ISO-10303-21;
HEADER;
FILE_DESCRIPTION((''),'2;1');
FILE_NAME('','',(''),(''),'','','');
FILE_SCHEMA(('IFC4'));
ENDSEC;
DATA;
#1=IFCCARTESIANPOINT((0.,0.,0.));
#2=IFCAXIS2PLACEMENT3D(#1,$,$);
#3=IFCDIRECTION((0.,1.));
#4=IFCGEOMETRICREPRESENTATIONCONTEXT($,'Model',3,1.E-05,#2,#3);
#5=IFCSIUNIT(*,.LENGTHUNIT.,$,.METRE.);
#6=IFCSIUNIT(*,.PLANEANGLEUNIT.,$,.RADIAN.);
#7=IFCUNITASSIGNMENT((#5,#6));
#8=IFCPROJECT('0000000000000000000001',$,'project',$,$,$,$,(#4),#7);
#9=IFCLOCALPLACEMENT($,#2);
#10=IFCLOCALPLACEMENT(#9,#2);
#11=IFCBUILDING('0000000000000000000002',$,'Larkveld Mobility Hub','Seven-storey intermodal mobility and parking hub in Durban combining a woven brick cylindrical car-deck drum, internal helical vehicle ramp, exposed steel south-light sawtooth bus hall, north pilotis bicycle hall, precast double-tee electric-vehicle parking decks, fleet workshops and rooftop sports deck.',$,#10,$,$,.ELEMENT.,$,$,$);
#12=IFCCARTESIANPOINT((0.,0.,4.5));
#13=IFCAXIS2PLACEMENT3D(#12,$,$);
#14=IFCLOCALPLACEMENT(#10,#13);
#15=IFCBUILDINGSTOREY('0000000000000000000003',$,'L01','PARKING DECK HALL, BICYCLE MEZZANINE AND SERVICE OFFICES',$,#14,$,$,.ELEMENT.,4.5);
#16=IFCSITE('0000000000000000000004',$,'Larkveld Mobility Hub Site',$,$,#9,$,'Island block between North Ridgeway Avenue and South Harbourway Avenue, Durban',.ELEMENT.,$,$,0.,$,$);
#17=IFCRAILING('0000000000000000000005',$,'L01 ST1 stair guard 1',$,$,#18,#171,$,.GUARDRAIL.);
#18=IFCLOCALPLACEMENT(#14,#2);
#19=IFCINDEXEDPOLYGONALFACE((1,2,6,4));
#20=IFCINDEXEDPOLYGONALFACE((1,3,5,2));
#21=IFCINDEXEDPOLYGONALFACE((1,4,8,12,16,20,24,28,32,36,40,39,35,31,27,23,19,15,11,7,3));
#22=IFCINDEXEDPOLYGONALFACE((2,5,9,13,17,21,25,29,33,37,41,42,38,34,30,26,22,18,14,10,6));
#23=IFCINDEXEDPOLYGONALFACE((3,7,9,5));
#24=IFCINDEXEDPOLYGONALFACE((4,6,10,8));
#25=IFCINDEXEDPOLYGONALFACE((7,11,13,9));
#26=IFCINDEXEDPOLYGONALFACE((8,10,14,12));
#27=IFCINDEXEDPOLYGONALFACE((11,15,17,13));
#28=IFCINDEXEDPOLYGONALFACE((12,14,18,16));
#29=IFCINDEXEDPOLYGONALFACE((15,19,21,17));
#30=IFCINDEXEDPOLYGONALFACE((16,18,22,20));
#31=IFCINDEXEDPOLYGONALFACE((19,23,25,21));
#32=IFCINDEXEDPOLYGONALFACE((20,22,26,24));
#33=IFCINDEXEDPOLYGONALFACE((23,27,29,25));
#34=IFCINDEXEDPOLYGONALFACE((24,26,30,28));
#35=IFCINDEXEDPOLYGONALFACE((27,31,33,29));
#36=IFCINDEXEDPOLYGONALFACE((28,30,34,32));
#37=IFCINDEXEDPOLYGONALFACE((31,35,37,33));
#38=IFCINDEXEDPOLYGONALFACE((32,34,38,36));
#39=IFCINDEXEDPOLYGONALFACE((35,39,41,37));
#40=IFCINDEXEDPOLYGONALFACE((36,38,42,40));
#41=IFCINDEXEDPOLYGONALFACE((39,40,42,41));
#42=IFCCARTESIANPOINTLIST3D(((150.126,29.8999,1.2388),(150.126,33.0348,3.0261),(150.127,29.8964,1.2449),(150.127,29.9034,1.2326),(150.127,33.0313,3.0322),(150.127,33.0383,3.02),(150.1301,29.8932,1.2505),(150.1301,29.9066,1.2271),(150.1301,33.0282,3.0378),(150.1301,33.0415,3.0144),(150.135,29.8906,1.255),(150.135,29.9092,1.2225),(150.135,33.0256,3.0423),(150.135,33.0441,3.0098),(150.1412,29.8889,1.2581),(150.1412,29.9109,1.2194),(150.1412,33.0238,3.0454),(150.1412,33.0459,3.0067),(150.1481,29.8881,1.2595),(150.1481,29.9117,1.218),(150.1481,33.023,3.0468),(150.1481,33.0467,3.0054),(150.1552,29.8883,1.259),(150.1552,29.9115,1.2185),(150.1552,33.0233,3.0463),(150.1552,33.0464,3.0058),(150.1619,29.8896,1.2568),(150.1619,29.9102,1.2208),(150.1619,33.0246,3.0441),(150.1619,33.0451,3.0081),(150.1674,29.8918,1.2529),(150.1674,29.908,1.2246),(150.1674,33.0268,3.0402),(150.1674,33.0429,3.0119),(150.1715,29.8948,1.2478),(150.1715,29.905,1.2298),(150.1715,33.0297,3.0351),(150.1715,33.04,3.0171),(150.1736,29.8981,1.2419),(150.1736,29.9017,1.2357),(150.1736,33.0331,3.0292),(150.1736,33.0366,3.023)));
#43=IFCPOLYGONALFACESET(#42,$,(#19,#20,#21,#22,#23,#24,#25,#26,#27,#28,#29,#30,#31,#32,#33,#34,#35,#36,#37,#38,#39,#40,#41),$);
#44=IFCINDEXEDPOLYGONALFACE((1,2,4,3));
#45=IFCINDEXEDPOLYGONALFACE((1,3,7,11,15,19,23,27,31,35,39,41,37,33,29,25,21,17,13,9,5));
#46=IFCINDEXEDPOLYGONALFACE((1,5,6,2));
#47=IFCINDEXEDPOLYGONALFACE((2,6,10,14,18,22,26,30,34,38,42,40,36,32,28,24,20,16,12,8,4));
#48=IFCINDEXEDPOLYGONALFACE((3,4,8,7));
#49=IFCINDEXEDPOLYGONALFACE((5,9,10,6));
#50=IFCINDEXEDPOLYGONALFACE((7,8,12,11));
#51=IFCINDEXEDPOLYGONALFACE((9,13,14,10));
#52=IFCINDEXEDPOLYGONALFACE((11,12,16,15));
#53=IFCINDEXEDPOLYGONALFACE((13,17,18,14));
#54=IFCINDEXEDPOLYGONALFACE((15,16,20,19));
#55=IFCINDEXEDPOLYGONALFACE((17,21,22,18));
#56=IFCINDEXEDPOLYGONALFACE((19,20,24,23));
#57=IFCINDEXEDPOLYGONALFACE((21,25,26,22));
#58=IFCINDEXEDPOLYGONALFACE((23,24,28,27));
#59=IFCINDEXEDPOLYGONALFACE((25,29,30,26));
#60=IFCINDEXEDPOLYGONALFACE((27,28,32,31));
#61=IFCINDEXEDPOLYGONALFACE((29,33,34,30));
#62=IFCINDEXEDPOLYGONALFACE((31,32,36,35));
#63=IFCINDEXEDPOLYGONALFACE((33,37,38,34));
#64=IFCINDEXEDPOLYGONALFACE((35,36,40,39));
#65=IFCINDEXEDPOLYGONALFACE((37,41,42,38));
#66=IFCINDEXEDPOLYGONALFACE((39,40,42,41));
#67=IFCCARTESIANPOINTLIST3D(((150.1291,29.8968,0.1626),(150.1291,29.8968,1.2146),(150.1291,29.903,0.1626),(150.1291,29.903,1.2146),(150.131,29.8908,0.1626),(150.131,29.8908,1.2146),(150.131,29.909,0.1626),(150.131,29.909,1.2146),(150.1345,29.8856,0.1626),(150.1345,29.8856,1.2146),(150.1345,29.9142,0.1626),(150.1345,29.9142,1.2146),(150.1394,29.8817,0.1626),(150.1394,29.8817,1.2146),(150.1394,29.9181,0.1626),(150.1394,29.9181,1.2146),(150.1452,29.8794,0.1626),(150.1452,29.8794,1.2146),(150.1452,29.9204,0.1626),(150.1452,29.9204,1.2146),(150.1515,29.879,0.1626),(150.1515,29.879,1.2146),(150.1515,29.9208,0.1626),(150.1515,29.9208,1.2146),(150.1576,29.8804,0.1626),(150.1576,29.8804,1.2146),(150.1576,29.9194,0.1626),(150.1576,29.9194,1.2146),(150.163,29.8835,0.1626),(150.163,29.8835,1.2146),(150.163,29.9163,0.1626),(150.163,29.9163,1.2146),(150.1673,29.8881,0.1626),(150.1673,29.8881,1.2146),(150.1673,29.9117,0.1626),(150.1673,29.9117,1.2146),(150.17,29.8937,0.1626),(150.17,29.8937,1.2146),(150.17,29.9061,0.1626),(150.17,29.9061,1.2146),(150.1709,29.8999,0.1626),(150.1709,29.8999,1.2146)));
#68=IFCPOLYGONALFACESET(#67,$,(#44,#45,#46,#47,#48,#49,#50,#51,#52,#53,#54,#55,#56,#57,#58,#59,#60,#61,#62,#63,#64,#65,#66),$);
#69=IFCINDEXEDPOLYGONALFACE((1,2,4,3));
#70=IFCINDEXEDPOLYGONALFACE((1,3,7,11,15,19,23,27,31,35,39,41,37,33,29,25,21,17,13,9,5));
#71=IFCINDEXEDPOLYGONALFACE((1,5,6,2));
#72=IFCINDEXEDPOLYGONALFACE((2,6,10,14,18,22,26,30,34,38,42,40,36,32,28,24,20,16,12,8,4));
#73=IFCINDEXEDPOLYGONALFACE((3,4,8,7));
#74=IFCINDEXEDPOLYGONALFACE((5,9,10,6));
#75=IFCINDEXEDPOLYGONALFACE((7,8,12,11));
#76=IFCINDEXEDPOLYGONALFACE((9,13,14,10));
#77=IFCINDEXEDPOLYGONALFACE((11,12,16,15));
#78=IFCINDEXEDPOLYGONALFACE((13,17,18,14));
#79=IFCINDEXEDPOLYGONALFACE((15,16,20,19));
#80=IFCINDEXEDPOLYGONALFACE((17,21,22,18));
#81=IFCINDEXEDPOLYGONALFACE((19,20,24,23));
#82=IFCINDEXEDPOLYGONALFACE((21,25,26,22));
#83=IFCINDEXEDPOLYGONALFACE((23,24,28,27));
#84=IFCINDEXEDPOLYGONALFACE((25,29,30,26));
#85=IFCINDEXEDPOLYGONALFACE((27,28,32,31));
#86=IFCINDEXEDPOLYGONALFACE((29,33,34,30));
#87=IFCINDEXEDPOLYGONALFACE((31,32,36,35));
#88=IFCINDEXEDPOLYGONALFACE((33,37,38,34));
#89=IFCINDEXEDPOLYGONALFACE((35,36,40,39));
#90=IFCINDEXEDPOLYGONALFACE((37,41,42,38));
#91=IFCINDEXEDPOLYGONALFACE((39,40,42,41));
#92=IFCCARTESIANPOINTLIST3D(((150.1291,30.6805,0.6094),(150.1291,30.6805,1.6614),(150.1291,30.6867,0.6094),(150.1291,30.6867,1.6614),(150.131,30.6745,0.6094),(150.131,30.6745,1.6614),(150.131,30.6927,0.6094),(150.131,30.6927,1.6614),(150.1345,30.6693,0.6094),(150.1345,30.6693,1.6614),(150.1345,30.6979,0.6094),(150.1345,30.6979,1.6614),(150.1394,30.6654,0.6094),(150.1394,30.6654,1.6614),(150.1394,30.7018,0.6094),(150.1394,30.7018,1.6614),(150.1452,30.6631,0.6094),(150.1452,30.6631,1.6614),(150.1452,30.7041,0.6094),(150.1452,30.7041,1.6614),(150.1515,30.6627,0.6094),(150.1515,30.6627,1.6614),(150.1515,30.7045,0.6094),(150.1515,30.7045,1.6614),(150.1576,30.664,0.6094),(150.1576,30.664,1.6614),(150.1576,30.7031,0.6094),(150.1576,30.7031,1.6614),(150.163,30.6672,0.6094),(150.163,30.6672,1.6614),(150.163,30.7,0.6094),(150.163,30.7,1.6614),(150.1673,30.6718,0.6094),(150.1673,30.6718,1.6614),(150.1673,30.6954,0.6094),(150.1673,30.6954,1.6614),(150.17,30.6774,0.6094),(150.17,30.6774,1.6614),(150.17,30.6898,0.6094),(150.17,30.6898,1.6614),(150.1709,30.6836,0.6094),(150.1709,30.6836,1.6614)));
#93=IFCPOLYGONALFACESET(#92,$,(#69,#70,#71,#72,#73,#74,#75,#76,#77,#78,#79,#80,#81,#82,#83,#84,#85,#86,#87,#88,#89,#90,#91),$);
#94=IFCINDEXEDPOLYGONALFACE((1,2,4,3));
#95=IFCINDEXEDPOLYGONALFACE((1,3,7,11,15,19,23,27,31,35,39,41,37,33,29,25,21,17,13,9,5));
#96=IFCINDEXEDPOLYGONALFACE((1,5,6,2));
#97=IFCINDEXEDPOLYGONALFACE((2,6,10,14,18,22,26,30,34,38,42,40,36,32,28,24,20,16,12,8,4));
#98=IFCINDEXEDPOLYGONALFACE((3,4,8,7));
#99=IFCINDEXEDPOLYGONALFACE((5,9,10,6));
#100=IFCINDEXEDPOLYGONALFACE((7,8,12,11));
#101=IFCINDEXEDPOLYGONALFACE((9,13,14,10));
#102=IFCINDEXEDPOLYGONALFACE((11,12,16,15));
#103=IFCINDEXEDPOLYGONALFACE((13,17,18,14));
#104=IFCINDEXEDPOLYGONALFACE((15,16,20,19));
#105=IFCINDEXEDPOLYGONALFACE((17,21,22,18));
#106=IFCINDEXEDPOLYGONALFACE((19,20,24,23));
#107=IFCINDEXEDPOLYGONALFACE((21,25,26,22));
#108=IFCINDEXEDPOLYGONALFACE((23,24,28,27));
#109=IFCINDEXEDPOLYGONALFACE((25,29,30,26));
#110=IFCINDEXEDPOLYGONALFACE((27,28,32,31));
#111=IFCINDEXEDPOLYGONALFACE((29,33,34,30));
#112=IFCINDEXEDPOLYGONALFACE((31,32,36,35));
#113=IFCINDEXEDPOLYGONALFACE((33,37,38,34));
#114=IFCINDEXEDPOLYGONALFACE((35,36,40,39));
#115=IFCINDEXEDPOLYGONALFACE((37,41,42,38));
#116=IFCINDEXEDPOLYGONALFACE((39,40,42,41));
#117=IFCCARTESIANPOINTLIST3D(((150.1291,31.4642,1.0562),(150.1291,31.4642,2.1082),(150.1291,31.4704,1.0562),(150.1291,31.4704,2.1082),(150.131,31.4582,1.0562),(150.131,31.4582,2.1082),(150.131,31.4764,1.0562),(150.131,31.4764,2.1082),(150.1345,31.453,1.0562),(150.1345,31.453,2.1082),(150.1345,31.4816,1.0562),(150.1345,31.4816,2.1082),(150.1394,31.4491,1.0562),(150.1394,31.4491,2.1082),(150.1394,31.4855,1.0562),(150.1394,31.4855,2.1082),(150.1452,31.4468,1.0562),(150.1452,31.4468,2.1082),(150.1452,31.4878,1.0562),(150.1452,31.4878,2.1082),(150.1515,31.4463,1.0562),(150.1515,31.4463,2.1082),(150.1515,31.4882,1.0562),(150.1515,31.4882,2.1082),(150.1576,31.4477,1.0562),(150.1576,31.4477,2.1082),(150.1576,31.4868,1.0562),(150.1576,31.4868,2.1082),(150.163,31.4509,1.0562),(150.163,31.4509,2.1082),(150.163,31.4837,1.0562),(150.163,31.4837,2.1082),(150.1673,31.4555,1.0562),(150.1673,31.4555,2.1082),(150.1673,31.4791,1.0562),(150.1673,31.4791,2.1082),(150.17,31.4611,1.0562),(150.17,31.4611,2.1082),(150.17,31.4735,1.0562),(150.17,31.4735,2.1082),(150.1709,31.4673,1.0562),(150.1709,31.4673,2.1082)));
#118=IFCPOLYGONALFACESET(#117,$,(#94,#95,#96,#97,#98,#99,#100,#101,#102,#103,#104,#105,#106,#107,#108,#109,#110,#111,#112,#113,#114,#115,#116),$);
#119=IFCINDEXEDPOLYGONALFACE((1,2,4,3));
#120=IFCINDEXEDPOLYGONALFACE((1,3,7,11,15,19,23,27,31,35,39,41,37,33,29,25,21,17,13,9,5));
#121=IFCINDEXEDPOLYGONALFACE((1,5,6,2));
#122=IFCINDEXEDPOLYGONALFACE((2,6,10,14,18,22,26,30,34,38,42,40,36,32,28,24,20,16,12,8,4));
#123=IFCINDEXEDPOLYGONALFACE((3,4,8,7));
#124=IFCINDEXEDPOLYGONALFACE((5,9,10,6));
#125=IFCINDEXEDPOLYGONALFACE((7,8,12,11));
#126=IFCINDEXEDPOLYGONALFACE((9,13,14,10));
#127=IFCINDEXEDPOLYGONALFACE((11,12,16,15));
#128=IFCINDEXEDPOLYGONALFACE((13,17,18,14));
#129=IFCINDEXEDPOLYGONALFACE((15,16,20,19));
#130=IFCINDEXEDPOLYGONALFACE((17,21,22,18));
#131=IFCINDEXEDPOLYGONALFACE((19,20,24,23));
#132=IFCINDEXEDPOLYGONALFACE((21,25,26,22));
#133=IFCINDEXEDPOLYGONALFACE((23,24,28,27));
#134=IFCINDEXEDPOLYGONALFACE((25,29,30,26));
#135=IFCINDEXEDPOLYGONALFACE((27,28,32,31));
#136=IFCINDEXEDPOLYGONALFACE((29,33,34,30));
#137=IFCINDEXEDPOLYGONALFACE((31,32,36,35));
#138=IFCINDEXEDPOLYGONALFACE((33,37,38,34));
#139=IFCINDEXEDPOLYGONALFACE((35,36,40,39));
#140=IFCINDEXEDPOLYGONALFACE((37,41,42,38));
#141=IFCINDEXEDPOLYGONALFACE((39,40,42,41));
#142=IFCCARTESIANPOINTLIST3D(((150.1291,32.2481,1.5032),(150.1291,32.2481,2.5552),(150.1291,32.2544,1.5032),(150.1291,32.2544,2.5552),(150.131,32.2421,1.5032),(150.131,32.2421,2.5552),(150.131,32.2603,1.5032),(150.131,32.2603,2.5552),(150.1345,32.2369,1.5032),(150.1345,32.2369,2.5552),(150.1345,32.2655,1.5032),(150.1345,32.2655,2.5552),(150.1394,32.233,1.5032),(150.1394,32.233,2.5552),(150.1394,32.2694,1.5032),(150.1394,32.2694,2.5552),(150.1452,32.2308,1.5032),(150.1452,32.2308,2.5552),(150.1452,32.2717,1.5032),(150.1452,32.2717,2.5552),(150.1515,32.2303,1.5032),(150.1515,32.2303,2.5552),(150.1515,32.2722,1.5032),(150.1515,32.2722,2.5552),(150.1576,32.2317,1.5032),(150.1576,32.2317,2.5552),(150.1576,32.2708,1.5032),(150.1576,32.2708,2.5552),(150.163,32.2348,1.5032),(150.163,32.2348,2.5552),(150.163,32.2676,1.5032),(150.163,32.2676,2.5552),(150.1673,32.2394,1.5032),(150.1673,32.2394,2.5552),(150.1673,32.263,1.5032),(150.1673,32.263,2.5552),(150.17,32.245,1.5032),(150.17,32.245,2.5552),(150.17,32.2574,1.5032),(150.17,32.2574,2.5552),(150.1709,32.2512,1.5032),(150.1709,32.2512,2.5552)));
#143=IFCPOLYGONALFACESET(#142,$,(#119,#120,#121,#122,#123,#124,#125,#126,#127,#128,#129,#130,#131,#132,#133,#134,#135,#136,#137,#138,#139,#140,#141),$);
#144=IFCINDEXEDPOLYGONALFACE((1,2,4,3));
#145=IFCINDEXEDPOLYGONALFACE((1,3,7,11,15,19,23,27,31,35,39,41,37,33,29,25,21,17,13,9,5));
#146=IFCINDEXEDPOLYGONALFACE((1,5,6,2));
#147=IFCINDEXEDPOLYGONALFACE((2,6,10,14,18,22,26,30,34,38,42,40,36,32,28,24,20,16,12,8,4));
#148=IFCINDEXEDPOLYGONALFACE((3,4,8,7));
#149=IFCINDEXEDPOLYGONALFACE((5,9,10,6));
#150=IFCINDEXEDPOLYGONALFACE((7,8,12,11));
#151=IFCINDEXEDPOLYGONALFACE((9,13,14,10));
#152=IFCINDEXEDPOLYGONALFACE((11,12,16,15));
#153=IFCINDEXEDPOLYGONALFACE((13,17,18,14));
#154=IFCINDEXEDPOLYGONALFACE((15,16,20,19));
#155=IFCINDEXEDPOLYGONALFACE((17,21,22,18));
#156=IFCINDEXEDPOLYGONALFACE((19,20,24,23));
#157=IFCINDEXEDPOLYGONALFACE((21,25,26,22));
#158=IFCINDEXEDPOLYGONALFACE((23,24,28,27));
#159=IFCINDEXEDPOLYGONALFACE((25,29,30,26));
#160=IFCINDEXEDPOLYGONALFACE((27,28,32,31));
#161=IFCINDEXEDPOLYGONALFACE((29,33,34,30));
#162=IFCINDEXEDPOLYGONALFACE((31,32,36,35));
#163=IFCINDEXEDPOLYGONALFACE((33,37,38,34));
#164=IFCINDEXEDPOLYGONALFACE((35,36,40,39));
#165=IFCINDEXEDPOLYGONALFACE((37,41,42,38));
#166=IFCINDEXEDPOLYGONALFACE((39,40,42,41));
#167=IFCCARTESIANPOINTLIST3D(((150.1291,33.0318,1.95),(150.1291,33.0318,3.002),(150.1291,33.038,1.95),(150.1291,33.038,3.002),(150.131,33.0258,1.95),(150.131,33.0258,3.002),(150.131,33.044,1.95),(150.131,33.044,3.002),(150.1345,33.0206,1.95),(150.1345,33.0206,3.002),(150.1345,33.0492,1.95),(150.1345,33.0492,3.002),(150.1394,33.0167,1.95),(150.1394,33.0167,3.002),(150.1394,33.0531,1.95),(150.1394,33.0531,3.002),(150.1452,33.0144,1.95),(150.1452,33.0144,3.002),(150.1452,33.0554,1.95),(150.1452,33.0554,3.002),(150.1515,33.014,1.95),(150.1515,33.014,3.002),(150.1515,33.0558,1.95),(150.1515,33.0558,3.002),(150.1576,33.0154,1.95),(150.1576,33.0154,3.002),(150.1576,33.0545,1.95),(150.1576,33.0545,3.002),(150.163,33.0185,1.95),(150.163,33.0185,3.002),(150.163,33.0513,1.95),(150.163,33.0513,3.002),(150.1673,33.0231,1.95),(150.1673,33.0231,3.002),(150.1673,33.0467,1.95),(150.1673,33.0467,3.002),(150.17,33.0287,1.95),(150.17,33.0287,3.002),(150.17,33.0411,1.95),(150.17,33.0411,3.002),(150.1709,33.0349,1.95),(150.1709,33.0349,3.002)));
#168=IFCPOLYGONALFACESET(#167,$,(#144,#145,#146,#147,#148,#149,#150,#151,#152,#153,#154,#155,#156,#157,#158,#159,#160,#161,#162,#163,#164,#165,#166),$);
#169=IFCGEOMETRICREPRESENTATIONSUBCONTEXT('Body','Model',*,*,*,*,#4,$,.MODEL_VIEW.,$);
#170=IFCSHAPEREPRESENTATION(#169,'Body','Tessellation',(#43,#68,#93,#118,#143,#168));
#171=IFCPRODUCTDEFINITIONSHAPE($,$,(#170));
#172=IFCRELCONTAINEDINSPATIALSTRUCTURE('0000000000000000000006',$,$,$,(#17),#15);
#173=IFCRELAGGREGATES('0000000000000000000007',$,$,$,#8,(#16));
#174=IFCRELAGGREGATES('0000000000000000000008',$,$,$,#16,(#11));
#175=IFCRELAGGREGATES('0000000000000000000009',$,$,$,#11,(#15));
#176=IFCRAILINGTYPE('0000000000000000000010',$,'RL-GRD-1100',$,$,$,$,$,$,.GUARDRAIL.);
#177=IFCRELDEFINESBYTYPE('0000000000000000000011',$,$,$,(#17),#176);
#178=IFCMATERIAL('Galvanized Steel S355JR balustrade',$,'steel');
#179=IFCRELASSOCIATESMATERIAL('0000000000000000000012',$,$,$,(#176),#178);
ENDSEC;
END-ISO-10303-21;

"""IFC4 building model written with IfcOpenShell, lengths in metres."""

from ifc_helpers import new_model, si_unit, direction, frame, origin, origin_2d, place, context, subcontext, project, spatial, circle, extrude, material, type_object, element, save


model = new_model("IFC4")

# Units and contexts
model_context = context("Model", 3, precision=1e-05, world=origin(), true_north=direction((0.0, 1.0)))
body_context = subcontext(model_context, "Body", "Model", "MODEL_VIEW")
ifc_project = project(units=[si_unit("LENGTHUNIT", "METRE"), si_unit("PLANEANGLEUNIT", "RADIAN")], contexts=[model_context])

# Site, building, storey
site_placement = place(None, origin())
site = spatial("IfcSite", under=ifc_project, at=site_placement, Name="Larkveld Mobility Hub Site", LongName="Island block between North Ridgeway Avenue and South Harbourway Avenue, Durban", CompositionType="ELEMENT", RefElevation=0.0)
building_placement = place(site_placement, origin())
building = spatial("IfcBuilding", under=site, at=building_placement, Name="Larkveld Mobility Hub", Description="Seven-storey intermodal mobility and parking hub in Durban combining a woven brick cylindrical car-deck drum, internal helical vehicle ramp, exposed steel south-light sawtooth bus hall, north pilotis bicycle hall, precast double-tee electric-vehicle parking decks, fleet workshops and rooftop sports deck.", CompositionType="ELEMENT")
storey_placement = place(building_placement, frame((0.0, 0.0, 4.5)))
storey = spatial("IfcBuildingStorey", under=building, at=storey_placement, Name="L01", Description="PARKING DECK HALL, BICYCLE MEZZANINE AND SERVICE OFFICES", CompositionType="ELEMENT", Elevation=4.5)

# Railing
ifc_material_1 = material(Name="Galvanized Steel S355JR balustrade", Category="steel")
railing_type_1 = type_object("IfcRailingType", Name="RL-GRD-1100", PredefinedType="GUARDRAIL", material=ifc_material_1)
railing_1_placement = place(storey_placement, frame((150.1499, 29.8999, 0.1626)))
element("IfcRailing", 1, at=railing_1_placement, inside=storey, type_object=railing_type_1, Name="L01 ST1 stair guard 1", PredefinedType="GUARDRAIL", context=body_context, shape_type="SweptSolid", body=[
    extrude(circle(Radius=0.0239, at=origin_2d()), frame((0.0, 0.0, 1.0762), z_axis=(0.0, 0.86873, 0.495286), x_axis=(-1.0, 0.0, 0.0)), (0.0, 0.0, 1.0), 3.6086),
    extrude(circle(Radius=0.021, at=origin_2d()), origin(), (0.0, 0.0, 1.0), 1.052),
    extrude(circle(Radius=0.021, at=origin_2d()), frame((0.0, 0.7837, 0.4468)), (0.0, 0.0, 1.0), 1.052),
    extrude(circle(Radius=0.021, at=origin_2d()), frame((0.0, 1.5674, 0.8936)), (0.0, 0.0, 1.0), 1.052),
    extrude(circle(Radius=0.021, at=origin_2d()), frame((0.0, 2.3513, 1.3406)), (0.0, 0.0, 1.0), 1.052),
    extrude(circle(Radius=0.021, at=origin_2d()), frame((0.0, 3.135, 1.7874)), (0.0, 0.0, 1.0), 1.052),
])

save(model, "model.ifc")
